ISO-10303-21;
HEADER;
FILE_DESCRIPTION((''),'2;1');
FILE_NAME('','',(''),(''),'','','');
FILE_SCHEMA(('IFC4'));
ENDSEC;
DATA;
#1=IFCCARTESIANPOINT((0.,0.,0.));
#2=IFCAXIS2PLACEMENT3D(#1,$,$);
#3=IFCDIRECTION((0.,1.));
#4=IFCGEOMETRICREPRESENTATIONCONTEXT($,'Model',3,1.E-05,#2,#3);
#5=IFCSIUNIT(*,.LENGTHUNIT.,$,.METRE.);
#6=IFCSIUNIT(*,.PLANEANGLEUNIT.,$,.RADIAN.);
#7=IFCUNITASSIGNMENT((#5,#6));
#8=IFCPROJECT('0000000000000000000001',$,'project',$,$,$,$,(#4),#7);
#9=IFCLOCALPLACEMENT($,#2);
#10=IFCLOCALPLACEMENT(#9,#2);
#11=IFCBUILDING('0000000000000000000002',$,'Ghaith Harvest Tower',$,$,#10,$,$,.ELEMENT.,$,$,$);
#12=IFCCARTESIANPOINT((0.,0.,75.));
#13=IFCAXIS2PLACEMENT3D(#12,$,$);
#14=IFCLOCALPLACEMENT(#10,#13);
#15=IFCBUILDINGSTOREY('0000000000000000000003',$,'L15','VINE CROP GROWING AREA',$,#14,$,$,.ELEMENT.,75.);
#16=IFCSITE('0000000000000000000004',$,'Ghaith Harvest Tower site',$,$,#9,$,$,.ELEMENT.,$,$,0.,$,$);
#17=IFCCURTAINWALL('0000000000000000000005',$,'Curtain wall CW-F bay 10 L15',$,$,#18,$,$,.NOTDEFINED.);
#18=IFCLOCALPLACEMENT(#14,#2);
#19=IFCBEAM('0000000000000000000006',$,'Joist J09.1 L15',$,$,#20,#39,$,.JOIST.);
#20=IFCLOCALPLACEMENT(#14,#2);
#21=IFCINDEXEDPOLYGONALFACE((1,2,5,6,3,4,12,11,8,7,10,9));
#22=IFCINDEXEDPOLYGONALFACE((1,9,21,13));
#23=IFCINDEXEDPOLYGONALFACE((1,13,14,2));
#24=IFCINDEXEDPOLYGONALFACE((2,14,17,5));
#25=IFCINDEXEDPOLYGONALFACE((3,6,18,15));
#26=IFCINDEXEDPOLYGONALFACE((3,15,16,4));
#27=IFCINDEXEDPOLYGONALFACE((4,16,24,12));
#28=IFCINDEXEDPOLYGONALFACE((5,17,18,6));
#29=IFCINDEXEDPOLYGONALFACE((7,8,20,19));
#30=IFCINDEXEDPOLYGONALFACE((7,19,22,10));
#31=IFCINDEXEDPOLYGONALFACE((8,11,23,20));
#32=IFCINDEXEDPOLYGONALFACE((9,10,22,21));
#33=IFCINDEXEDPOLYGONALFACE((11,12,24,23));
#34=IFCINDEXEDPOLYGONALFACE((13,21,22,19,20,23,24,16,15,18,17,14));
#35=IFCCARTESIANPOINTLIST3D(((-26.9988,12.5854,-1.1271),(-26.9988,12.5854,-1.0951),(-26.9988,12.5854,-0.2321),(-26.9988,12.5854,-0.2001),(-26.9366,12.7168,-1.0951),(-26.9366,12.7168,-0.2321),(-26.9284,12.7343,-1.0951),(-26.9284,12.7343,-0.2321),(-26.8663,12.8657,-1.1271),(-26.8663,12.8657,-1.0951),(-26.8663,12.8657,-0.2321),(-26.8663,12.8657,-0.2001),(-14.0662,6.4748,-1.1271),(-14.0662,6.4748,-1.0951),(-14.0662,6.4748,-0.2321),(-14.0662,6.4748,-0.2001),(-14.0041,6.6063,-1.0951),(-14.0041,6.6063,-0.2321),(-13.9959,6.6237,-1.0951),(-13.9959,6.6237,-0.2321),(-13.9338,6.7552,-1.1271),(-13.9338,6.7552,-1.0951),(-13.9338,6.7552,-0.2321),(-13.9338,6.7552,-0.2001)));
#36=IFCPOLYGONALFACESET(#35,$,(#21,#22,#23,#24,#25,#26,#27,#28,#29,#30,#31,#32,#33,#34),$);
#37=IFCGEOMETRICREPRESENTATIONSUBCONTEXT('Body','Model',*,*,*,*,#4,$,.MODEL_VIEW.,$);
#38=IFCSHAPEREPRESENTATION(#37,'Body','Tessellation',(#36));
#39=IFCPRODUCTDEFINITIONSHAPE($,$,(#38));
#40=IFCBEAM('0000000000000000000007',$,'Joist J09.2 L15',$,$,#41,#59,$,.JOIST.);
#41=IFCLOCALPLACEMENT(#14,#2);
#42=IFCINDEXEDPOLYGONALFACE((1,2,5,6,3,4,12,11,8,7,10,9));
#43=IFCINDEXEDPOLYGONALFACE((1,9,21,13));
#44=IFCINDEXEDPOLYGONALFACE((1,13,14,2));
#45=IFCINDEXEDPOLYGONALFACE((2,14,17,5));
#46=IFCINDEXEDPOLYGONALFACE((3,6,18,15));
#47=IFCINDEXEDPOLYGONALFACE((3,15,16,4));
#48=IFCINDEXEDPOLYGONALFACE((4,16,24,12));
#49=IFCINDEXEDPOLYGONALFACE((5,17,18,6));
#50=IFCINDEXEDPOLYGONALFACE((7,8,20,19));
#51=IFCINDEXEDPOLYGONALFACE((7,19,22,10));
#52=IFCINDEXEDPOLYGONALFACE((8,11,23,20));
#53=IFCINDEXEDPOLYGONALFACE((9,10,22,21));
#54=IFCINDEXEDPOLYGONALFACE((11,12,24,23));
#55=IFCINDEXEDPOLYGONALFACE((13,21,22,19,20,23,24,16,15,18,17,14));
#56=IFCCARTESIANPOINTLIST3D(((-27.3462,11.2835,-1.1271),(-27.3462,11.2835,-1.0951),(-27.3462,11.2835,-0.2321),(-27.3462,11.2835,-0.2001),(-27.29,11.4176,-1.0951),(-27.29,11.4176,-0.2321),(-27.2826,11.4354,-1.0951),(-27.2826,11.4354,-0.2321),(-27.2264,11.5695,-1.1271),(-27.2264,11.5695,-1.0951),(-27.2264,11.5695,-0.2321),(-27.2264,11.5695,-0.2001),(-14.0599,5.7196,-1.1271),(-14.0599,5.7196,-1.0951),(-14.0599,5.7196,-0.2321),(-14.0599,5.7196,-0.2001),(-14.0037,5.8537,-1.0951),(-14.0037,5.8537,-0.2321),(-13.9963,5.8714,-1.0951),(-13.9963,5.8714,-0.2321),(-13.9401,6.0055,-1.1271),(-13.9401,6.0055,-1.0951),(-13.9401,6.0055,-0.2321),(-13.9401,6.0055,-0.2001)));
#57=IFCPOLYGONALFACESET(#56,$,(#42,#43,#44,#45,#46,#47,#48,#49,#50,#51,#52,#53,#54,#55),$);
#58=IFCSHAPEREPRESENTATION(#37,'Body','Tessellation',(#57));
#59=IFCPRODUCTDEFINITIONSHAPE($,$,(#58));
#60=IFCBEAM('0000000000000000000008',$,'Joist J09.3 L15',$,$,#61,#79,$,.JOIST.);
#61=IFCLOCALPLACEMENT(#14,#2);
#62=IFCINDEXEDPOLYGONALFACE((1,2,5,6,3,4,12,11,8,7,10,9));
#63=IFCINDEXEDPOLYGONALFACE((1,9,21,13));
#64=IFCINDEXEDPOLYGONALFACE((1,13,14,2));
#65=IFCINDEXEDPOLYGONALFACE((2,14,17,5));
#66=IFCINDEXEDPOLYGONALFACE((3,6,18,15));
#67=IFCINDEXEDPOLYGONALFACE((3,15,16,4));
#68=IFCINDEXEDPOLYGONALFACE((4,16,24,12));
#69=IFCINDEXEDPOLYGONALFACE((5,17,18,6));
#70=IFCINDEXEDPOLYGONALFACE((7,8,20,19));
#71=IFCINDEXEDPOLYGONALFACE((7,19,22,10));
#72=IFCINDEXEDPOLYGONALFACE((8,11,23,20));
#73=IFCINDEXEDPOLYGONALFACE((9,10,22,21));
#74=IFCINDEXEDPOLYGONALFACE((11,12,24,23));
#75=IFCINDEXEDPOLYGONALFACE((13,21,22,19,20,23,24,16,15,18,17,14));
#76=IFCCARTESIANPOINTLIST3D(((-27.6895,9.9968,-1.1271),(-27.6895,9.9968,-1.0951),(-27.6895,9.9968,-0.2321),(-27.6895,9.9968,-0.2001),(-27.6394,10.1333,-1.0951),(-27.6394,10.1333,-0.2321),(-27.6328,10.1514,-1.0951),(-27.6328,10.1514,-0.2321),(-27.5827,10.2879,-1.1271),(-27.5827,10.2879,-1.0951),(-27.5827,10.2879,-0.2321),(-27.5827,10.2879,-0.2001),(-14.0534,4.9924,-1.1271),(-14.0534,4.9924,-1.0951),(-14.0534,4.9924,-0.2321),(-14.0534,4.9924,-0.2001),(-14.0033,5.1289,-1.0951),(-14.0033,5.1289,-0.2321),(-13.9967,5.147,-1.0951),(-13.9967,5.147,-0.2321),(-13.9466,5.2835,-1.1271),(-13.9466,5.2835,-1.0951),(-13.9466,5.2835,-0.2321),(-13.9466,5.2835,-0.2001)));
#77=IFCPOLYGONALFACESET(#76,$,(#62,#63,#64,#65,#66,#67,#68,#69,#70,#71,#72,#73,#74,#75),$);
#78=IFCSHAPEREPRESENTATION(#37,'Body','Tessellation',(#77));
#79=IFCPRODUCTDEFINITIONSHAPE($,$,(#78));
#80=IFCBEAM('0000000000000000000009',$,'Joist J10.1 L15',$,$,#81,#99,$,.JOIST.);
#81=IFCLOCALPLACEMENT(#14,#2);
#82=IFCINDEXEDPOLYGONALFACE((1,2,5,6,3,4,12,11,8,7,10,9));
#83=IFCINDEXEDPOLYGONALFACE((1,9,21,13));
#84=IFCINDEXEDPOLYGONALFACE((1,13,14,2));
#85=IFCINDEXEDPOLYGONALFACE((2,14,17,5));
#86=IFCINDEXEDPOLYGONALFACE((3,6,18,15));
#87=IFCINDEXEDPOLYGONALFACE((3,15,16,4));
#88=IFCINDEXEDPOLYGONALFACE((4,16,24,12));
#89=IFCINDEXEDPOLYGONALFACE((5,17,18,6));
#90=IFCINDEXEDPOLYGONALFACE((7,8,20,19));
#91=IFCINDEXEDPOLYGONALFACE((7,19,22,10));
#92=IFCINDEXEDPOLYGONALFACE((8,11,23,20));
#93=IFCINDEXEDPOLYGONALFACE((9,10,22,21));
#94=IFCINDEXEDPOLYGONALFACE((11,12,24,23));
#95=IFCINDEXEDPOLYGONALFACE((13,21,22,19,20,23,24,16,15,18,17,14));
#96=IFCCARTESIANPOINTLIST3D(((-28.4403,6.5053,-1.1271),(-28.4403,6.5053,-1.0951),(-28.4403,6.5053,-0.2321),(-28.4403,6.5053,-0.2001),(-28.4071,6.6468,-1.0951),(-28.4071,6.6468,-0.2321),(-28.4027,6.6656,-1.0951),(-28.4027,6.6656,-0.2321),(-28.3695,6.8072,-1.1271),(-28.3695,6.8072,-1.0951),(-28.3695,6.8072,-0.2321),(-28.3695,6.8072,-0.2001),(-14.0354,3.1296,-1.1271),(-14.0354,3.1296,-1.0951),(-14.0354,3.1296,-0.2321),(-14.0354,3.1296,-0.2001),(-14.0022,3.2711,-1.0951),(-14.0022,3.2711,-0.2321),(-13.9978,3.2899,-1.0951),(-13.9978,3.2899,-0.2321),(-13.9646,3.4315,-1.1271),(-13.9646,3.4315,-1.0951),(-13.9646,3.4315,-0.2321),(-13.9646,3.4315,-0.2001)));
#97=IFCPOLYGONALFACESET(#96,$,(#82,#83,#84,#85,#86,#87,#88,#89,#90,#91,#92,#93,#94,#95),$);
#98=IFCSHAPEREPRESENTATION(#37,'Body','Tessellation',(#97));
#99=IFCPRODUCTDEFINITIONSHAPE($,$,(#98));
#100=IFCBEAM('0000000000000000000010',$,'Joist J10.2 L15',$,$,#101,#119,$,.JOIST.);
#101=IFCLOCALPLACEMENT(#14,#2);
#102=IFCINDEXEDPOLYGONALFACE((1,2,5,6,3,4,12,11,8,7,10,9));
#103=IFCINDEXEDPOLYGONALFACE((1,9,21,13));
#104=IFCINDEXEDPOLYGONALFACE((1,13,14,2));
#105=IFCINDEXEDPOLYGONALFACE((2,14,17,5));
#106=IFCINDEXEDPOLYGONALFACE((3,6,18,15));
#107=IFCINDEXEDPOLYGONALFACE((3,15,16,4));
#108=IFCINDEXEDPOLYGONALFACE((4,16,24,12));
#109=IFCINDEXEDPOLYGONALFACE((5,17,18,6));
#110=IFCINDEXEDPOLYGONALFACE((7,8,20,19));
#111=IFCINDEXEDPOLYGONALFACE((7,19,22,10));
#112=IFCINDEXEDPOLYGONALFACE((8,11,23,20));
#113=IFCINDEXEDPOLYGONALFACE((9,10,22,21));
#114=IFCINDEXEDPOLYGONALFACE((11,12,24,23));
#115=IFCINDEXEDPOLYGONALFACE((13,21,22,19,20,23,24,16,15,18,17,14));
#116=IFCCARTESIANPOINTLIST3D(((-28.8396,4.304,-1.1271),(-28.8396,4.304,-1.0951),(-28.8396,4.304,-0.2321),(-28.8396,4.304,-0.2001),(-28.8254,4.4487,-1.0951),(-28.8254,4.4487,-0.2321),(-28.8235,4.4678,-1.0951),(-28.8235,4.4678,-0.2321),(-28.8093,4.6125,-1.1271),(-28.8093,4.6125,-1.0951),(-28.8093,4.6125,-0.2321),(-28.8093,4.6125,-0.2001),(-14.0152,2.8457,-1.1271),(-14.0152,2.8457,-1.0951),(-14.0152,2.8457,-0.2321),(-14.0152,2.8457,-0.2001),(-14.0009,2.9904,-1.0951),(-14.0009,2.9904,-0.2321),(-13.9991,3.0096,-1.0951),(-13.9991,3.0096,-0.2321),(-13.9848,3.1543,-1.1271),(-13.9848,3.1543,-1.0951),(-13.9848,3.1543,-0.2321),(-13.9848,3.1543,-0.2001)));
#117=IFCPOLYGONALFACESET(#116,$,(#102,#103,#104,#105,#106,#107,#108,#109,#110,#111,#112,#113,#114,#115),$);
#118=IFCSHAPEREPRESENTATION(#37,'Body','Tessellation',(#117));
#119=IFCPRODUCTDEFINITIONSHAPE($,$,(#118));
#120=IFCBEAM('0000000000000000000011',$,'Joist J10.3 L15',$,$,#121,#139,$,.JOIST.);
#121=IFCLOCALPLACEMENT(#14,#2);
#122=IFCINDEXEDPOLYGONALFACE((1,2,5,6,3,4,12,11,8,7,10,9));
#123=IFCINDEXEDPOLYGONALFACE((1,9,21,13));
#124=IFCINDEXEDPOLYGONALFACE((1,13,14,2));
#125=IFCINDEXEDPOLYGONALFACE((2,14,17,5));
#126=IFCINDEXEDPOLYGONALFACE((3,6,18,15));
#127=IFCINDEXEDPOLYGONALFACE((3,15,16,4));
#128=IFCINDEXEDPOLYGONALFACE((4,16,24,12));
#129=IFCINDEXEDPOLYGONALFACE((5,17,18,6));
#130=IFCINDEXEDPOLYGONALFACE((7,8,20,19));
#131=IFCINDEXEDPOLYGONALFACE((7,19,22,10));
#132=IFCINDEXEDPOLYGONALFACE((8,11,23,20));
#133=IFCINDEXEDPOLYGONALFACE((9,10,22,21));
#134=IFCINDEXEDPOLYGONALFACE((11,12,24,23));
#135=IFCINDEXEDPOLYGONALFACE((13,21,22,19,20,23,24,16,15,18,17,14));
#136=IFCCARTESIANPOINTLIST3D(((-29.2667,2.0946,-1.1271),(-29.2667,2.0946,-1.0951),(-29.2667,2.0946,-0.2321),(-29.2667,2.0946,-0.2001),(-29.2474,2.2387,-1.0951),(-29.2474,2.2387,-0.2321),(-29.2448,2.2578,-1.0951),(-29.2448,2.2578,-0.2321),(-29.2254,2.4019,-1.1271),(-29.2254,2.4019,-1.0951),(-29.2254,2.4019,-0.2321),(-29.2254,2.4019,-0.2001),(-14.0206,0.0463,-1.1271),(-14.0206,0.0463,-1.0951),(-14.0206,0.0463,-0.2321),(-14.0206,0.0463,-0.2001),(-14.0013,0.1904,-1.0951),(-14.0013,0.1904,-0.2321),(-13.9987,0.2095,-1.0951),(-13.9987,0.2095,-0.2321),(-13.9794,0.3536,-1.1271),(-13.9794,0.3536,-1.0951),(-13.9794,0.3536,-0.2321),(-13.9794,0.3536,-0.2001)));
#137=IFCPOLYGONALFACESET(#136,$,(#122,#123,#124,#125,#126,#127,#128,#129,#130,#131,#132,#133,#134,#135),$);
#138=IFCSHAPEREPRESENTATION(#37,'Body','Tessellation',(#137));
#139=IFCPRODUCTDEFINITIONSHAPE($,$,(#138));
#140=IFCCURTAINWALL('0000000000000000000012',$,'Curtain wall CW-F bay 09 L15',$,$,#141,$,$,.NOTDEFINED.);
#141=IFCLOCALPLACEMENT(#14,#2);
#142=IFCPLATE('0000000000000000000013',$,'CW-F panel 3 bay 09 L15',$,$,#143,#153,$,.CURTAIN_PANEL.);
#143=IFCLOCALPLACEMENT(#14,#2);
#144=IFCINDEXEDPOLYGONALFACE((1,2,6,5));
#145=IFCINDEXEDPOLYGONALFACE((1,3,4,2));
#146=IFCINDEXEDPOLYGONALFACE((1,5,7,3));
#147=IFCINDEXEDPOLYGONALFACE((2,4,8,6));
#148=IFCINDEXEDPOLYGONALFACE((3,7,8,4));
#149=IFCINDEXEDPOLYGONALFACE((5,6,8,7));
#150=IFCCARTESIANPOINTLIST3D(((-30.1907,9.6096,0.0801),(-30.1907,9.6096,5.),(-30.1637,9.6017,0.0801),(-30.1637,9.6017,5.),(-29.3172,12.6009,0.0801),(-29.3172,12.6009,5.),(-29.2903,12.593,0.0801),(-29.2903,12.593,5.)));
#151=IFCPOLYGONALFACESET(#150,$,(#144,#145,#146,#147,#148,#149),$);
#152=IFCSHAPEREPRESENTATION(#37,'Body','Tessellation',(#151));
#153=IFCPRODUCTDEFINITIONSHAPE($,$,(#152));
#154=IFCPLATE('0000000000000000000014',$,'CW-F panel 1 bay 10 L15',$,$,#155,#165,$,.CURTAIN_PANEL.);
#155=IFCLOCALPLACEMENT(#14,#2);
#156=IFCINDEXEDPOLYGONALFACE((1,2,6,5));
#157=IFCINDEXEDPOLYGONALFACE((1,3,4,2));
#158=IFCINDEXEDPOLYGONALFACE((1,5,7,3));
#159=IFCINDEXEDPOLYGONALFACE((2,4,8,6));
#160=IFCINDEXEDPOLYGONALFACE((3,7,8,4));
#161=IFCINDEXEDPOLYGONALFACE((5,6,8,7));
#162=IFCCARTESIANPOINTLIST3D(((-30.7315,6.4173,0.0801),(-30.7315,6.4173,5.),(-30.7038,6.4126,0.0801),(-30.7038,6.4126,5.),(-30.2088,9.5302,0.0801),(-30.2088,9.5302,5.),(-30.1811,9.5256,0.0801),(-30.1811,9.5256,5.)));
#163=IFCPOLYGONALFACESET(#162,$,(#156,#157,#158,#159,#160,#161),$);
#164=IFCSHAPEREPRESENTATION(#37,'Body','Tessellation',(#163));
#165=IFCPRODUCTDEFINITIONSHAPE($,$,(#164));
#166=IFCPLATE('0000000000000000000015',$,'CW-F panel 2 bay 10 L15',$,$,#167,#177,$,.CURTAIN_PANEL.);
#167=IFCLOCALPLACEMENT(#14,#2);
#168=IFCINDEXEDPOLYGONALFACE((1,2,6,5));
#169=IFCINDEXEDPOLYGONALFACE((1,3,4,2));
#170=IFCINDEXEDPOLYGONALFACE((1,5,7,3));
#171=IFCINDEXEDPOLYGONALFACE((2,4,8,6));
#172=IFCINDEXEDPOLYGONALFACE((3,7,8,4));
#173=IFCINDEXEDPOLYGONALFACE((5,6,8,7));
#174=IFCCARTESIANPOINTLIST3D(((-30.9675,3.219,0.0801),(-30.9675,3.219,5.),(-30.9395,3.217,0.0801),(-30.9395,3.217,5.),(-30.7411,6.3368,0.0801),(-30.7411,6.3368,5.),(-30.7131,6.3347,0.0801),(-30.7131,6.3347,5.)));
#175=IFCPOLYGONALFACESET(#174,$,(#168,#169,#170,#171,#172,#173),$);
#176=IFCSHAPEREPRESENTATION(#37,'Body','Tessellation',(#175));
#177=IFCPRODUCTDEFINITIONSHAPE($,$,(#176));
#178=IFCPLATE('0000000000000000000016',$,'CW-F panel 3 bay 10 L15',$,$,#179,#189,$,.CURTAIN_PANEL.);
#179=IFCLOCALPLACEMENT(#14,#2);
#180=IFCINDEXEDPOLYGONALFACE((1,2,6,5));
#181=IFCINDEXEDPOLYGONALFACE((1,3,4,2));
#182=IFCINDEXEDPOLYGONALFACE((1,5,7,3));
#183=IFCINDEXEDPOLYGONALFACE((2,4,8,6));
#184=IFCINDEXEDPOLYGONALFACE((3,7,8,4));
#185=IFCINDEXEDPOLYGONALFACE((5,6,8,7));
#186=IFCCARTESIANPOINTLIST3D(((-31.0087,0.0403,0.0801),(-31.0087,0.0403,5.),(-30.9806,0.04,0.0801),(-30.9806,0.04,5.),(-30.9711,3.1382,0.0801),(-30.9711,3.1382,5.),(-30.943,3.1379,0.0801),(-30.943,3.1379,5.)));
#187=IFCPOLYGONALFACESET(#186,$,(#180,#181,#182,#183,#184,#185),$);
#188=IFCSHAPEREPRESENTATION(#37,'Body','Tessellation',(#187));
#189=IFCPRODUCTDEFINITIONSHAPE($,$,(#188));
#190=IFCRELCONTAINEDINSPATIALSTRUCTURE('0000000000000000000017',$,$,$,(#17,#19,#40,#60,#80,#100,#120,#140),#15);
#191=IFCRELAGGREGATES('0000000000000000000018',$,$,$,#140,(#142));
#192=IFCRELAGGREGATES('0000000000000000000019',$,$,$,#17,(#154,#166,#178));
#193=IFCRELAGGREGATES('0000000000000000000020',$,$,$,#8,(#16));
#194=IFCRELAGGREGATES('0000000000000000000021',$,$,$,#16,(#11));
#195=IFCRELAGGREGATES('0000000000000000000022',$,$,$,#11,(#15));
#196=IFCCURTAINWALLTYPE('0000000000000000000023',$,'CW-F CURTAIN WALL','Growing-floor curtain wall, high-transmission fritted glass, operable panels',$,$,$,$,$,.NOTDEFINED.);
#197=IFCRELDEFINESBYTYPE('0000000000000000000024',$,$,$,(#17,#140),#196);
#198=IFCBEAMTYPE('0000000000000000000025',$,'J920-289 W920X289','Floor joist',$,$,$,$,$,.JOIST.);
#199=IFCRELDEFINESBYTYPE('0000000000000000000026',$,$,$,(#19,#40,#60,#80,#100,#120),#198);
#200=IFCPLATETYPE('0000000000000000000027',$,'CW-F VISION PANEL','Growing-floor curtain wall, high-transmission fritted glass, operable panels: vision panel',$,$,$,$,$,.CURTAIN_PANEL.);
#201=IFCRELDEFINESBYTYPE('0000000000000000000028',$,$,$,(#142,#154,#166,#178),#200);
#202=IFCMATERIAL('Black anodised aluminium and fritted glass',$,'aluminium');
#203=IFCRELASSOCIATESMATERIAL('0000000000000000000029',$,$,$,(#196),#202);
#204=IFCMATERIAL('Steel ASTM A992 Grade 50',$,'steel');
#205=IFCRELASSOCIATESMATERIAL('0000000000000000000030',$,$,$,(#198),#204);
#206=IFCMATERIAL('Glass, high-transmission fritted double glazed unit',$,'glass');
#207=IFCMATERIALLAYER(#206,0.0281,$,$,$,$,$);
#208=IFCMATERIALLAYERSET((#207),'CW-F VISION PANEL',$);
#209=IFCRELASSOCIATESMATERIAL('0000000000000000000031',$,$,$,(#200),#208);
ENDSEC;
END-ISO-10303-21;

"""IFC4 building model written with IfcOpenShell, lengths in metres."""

from ifc_helpers import new_model, si_unit, direction, frame, origin, origin_2d, place, context, subcontext, project, spatial, rectangle, i_section, extrude, material, layer, layer_set, material_profile, profile_set, type_object, element, aggregate, save


model = new_model("IFC4")

# Units and contexts
model_context = context("Model", 3, precision=1e-05, world=origin(), true_north=direction((0.0, 1.0)))
body_context = subcontext(model_context, "Body", "Model", "MODEL_VIEW")
ifc_project = project(units=[si_unit("LENGTHUNIT", "METRE"), si_unit("PLANEANGLEUNIT", "RADIAN")], contexts=[model_context])

# Site, building, storey
site_placement = place(None, origin())
site = spatial("IfcSite", under=ifc_project, at=site_placement, Name="Ghaith Harvest Tower site", CompositionType="ELEMENT", RefElevation=0.0)
building_placement = place(site_placement, origin())
building = spatial("IfcBuilding", under=site, at=building_placement, Name="Ghaith Harvest Tower", CompositionType="ELEMENT")
storey_placement = place(building_placement, frame((0.0, 0.0, 75.0)))
storey = spatial("IfcBuildingStorey", under=building, at=storey_placement, Name="L15", Description="VINE CROP GROWING AREA", CompositionType="ELEMENT", Elevation=75.0)

# Curtain wall
ifc_material_1 = material(Name="Black anodised aluminium and fritted glass", Category="aluminium")
curtain_wall_type = type_object("IfcCurtainWallType", Name="CW-F CURTAIN WALL", Description="Growing-floor curtain wall, high-transmission fritted glass, operable panels", PredefinedType="NOTDEFINED", material=ifc_material_1)
curtain_wall_1_placement = place(storey_placement, origin())
curtain_wall_1 = element("IfcCurtainWall", 1, at=curtain_wall_1_placement, inside=storey, type_object=curtain_wall_type, Name="Curtain wall CW-F bay 10 L15", PredefinedType="NOTDEFINED")

# Beams
ifc_material_2 = material(Name="Steel ASTM A992 Grade 50", Category="steel")
ifc_material_profile_1 = material_profile(ifc_material_2, i_section(OverallWidth=0.3101, OverallDepth=0.927, WebThickness=0.0193, FlangeThickness=0.032, at=origin_2d()), Name="W920X289")
ifc_profile_set_1 = profile_set([ifc_material_profile_1], Name="Steel ASTM A992 Grade 50")
beam_type_1 = type_object("IfcBeamType", Name="J920-289 W920X289", Description="Floor joist", PredefinedType="JOIST", material=ifc_profile_set_1)
beam_1_placement = place(storey_placement, frame((-14.0, 6.615, -0.6636), z_axis=(-0.904153, 0.427208, 0.0), x_axis=(-0.427208, -0.904153, 0.0)))
element("IfcBeam", 2, at=beam_1_placement, inside=storey, type_object=beam_type_1, Name="Joist J09.1 L15", PredefinedType="JOIST", context=body_context, shape_type="SweptSolid", body=[
    extrude(i_section(OverallWidth=0.3101, OverallDepth=0.927, WebThickness=0.0193, FlangeThickness=0.032, at=origin_2d()), origin(), (0.0, 0.0, 1.0), 14.3035),
])
beam_2_placement = place(storey_placement, frame((-14.0, 5.8625, -0.6636), z_axis=(-0.922386, 0.38627, 0.0), x_axis=(-0.38627, -0.922386, 0.0)))
element("IfcBeam", 3, at=beam_2_placement, inside=storey, type_object=beam_type_1, Name="Joist J09.2 L15", PredefinedType="JOIST", context=body_context, shape_type="SweptSolid", body=[
    extrude(i_section(OverallWidth=0.3101, OverallDepth=0.927, WebThickness=0.0193, FlangeThickness=0.032, at=origin_2d()), origin(), (0.0, 0.0, 1.0), 14.4043),
])
beam_3_placement = place(storey_placement, frame((-14.0, 5.1379, -0.6636), z_axis=(-0.938775, 0.34453, 0.0), x_axis=(-0.34453, -0.938775, 0.0)))
element("IfcBeam", 4, at=beam_3_placement, inside=storey, type_object=beam_type_1, Name="Joist J09.3 L15", PredefinedType="JOIST", context=body_context, shape_type="SweptSolid", body=[
    extrude(i_section(OverallWidth=0.3101, OverallDepth=0.927, WebThickness=0.0193, FlangeThickness=0.032, at=origin_2d()), origin(), (0.0, 0.0, 1.0), 14.5254),
])
beam_4_placement = place(storey_placement, frame((-14.0, 3.2805, -0.6636), z_axis=(-0.973623, 0.228163, 0.0), x_axis=(-0.228163, -0.973623, 0.0)))
element("IfcBeam", 5, at=beam_4_placement, inside=storey, type_object=beam_type_1, Name="Joist J10.1 L15", PredefinedType="JOIST", context=body_context, shape_type="SweptSolid", body=[
    extrude(i_section(OverallWidth=0.3101, OverallDepth=0.927, WebThickness=0.0193, FlangeThickness=0.032, at=origin_2d()), origin(), (0.0, 0.0, 1.0), 14.7952),
])
beam_5_placement = place(storey_placement, frame((-14.0, 3.0, -0.6636), z_axis=(-0.995197, 0.097895, 0.0), x_axis=(-0.097895, -0.995197, 0.0)))
element("IfcBeam", 6, at=beam_5_placement, inside=storey, type_object=beam_type_1, Name="Joist J10.2 L15", PredefinedType="JOIST", context=body_context, shape_type="SweptSolid", body=[
    extrude(i_section(OverallWidth=0.3101, OverallDepth=0.927, WebThickness=0.0193, FlangeThickness=0.032, at=origin_2d()), origin(), (0.0, 0.0, 1.0), 14.896),
])
beam_6_placement = place(storey_placement, frame((-14.0, 0.2, -0.6636), z_axis=(-0.991095, 0.133155, 0.0), x_axis=(-0.133155, -0.991095, 0.0)))
element("IfcBeam", 7, at=beam_6_placement, inside=storey, type_object=beam_type_1, Name="Joist J10.3 L15", PredefinedType="JOIST", context=body_context, shape_type="SweptSolid", body=[
    extrude(i_section(OverallWidth=0.3101, OverallDepth=0.927, WebThickness=0.0193, FlangeThickness=0.032, at=origin_2d()), origin(), (0.0, 0.0, 1.0), 15.3831),
])

# Curtain wall, plate
curtain_wall_2_placement = place(storey_placement, origin())
curtain_wall_2 = element("IfcCurtainWall", 8, at=curtain_wall_2_placement, inside=storey, type_object=curtain_wall_type, Name="Curtain wall CW-F bay 09 L15", PredefinedType="NOTDEFINED")
ifc_material_3 = material(Name="Glass, high-transmission fritted double glazed unit", Category="glass")
ifc_layer_1 = layer(ifc_material_3, 0.0281)
ifc_layer_set_1 = layer_set([ifc_layer_1], Name="CW-F VISION PANEL")
plate_type = type_object("IfcPlateType", Name="CW-F VISION PANEL", Description="Growing-floor curtain wall, high-transmission fritted glass, operable panels: vision panel", PredefinedType="CURTAIN_PANEL", material=ifc_layer_set_1)
plate_1_placement = place(storey_placement, frame((-29.7405, 11.1013, 0.0801), z_axis=(0.0, 0.0, 1.0), x_axis=(-0.280297, -0.959913, 0.0)))
plate_1 = element("IfcPlate", 9, at=plate_1_placement, type_object=plate_type, Name="CW-F panel 3 bay 09 L15", PredefinedType="CURTAIN_PANEL", context=body_context, shape_type="SweptSolid", body=[
    extrude(rectangle(XDim=3.1162, YDim=0.0281, at=origin_2d()), origin(), (0.0, 0.0, 1.0), 4.9199),
])
aggregate(curtain_wall_2, [plate_1])

# Plates
plate_2_placement = place(storey_placement, frame((-30.4563, 7.9714, 0.0801), z_axis=(0.0, 0.0, 1.0), x_axis=(-0.165581, -0.986196, 0.0)))
plate_2 = element("IfcPlate", 10, at=plate_2_placement, type_object=plate_type, Name="CW-F panel 1 bay 10 L15", PredefinedType="CURTAIN_PANEL", context=body_context, shape_type="SweptSolid", body=[
    extrude(rectangle(XDim=3.1565, YDim=0.0281, at=origin_2d()), origin(), (0.0, 0.0, 1.0), 4.9199),
])
plate_3_placement = place(storey_placement, frame((-30.8403, 4.7769, 0.0801), z_axis=(0.0, 0.0, 1.0), x_axis=(-0.072421, -0.997374, 0.0)))
plate_3 = element("IfcPlate", 11, at=plate_3_placement, type_object=plate_type, Name="CW-F panel 2 bay 10 L15", PredefinedType="CURTAIN_PANEL", context=body_context, shape_type="SweptSolid", body=[
    extrude(rectangle(XDim=3.126, YDim=0.0281, at=origin_2d()), origin(), (0.0, 0.0, 1.0), 4.9199),
])
plate_4_placement = place(storey_placement, frame((-30.9758, 1.5891, 0.0801), z_axis=(0.0, 0.0, 1.0), x_axis=(-0.012133, -0.999926, 0.0)))
plate_4 = element("IfcPlate", 12, at=plate_4_placement, type_object=plate_type, Name="CW-F panel 3 bay 10 L15", PredefinedType="CURTAIN_PANEL", context=body_context, shape_type="SweptSolid", body=[
    extrude(rectangle(XDim=3.0981, YDim=0.0281, at=origin_2d()), origin(), (0.0, 0.0, 1.0), 4.9199),
])
aggregate(curtain_wall_1, [plate_2, plate_3, plate_4])

save(model, "model.ifc")
